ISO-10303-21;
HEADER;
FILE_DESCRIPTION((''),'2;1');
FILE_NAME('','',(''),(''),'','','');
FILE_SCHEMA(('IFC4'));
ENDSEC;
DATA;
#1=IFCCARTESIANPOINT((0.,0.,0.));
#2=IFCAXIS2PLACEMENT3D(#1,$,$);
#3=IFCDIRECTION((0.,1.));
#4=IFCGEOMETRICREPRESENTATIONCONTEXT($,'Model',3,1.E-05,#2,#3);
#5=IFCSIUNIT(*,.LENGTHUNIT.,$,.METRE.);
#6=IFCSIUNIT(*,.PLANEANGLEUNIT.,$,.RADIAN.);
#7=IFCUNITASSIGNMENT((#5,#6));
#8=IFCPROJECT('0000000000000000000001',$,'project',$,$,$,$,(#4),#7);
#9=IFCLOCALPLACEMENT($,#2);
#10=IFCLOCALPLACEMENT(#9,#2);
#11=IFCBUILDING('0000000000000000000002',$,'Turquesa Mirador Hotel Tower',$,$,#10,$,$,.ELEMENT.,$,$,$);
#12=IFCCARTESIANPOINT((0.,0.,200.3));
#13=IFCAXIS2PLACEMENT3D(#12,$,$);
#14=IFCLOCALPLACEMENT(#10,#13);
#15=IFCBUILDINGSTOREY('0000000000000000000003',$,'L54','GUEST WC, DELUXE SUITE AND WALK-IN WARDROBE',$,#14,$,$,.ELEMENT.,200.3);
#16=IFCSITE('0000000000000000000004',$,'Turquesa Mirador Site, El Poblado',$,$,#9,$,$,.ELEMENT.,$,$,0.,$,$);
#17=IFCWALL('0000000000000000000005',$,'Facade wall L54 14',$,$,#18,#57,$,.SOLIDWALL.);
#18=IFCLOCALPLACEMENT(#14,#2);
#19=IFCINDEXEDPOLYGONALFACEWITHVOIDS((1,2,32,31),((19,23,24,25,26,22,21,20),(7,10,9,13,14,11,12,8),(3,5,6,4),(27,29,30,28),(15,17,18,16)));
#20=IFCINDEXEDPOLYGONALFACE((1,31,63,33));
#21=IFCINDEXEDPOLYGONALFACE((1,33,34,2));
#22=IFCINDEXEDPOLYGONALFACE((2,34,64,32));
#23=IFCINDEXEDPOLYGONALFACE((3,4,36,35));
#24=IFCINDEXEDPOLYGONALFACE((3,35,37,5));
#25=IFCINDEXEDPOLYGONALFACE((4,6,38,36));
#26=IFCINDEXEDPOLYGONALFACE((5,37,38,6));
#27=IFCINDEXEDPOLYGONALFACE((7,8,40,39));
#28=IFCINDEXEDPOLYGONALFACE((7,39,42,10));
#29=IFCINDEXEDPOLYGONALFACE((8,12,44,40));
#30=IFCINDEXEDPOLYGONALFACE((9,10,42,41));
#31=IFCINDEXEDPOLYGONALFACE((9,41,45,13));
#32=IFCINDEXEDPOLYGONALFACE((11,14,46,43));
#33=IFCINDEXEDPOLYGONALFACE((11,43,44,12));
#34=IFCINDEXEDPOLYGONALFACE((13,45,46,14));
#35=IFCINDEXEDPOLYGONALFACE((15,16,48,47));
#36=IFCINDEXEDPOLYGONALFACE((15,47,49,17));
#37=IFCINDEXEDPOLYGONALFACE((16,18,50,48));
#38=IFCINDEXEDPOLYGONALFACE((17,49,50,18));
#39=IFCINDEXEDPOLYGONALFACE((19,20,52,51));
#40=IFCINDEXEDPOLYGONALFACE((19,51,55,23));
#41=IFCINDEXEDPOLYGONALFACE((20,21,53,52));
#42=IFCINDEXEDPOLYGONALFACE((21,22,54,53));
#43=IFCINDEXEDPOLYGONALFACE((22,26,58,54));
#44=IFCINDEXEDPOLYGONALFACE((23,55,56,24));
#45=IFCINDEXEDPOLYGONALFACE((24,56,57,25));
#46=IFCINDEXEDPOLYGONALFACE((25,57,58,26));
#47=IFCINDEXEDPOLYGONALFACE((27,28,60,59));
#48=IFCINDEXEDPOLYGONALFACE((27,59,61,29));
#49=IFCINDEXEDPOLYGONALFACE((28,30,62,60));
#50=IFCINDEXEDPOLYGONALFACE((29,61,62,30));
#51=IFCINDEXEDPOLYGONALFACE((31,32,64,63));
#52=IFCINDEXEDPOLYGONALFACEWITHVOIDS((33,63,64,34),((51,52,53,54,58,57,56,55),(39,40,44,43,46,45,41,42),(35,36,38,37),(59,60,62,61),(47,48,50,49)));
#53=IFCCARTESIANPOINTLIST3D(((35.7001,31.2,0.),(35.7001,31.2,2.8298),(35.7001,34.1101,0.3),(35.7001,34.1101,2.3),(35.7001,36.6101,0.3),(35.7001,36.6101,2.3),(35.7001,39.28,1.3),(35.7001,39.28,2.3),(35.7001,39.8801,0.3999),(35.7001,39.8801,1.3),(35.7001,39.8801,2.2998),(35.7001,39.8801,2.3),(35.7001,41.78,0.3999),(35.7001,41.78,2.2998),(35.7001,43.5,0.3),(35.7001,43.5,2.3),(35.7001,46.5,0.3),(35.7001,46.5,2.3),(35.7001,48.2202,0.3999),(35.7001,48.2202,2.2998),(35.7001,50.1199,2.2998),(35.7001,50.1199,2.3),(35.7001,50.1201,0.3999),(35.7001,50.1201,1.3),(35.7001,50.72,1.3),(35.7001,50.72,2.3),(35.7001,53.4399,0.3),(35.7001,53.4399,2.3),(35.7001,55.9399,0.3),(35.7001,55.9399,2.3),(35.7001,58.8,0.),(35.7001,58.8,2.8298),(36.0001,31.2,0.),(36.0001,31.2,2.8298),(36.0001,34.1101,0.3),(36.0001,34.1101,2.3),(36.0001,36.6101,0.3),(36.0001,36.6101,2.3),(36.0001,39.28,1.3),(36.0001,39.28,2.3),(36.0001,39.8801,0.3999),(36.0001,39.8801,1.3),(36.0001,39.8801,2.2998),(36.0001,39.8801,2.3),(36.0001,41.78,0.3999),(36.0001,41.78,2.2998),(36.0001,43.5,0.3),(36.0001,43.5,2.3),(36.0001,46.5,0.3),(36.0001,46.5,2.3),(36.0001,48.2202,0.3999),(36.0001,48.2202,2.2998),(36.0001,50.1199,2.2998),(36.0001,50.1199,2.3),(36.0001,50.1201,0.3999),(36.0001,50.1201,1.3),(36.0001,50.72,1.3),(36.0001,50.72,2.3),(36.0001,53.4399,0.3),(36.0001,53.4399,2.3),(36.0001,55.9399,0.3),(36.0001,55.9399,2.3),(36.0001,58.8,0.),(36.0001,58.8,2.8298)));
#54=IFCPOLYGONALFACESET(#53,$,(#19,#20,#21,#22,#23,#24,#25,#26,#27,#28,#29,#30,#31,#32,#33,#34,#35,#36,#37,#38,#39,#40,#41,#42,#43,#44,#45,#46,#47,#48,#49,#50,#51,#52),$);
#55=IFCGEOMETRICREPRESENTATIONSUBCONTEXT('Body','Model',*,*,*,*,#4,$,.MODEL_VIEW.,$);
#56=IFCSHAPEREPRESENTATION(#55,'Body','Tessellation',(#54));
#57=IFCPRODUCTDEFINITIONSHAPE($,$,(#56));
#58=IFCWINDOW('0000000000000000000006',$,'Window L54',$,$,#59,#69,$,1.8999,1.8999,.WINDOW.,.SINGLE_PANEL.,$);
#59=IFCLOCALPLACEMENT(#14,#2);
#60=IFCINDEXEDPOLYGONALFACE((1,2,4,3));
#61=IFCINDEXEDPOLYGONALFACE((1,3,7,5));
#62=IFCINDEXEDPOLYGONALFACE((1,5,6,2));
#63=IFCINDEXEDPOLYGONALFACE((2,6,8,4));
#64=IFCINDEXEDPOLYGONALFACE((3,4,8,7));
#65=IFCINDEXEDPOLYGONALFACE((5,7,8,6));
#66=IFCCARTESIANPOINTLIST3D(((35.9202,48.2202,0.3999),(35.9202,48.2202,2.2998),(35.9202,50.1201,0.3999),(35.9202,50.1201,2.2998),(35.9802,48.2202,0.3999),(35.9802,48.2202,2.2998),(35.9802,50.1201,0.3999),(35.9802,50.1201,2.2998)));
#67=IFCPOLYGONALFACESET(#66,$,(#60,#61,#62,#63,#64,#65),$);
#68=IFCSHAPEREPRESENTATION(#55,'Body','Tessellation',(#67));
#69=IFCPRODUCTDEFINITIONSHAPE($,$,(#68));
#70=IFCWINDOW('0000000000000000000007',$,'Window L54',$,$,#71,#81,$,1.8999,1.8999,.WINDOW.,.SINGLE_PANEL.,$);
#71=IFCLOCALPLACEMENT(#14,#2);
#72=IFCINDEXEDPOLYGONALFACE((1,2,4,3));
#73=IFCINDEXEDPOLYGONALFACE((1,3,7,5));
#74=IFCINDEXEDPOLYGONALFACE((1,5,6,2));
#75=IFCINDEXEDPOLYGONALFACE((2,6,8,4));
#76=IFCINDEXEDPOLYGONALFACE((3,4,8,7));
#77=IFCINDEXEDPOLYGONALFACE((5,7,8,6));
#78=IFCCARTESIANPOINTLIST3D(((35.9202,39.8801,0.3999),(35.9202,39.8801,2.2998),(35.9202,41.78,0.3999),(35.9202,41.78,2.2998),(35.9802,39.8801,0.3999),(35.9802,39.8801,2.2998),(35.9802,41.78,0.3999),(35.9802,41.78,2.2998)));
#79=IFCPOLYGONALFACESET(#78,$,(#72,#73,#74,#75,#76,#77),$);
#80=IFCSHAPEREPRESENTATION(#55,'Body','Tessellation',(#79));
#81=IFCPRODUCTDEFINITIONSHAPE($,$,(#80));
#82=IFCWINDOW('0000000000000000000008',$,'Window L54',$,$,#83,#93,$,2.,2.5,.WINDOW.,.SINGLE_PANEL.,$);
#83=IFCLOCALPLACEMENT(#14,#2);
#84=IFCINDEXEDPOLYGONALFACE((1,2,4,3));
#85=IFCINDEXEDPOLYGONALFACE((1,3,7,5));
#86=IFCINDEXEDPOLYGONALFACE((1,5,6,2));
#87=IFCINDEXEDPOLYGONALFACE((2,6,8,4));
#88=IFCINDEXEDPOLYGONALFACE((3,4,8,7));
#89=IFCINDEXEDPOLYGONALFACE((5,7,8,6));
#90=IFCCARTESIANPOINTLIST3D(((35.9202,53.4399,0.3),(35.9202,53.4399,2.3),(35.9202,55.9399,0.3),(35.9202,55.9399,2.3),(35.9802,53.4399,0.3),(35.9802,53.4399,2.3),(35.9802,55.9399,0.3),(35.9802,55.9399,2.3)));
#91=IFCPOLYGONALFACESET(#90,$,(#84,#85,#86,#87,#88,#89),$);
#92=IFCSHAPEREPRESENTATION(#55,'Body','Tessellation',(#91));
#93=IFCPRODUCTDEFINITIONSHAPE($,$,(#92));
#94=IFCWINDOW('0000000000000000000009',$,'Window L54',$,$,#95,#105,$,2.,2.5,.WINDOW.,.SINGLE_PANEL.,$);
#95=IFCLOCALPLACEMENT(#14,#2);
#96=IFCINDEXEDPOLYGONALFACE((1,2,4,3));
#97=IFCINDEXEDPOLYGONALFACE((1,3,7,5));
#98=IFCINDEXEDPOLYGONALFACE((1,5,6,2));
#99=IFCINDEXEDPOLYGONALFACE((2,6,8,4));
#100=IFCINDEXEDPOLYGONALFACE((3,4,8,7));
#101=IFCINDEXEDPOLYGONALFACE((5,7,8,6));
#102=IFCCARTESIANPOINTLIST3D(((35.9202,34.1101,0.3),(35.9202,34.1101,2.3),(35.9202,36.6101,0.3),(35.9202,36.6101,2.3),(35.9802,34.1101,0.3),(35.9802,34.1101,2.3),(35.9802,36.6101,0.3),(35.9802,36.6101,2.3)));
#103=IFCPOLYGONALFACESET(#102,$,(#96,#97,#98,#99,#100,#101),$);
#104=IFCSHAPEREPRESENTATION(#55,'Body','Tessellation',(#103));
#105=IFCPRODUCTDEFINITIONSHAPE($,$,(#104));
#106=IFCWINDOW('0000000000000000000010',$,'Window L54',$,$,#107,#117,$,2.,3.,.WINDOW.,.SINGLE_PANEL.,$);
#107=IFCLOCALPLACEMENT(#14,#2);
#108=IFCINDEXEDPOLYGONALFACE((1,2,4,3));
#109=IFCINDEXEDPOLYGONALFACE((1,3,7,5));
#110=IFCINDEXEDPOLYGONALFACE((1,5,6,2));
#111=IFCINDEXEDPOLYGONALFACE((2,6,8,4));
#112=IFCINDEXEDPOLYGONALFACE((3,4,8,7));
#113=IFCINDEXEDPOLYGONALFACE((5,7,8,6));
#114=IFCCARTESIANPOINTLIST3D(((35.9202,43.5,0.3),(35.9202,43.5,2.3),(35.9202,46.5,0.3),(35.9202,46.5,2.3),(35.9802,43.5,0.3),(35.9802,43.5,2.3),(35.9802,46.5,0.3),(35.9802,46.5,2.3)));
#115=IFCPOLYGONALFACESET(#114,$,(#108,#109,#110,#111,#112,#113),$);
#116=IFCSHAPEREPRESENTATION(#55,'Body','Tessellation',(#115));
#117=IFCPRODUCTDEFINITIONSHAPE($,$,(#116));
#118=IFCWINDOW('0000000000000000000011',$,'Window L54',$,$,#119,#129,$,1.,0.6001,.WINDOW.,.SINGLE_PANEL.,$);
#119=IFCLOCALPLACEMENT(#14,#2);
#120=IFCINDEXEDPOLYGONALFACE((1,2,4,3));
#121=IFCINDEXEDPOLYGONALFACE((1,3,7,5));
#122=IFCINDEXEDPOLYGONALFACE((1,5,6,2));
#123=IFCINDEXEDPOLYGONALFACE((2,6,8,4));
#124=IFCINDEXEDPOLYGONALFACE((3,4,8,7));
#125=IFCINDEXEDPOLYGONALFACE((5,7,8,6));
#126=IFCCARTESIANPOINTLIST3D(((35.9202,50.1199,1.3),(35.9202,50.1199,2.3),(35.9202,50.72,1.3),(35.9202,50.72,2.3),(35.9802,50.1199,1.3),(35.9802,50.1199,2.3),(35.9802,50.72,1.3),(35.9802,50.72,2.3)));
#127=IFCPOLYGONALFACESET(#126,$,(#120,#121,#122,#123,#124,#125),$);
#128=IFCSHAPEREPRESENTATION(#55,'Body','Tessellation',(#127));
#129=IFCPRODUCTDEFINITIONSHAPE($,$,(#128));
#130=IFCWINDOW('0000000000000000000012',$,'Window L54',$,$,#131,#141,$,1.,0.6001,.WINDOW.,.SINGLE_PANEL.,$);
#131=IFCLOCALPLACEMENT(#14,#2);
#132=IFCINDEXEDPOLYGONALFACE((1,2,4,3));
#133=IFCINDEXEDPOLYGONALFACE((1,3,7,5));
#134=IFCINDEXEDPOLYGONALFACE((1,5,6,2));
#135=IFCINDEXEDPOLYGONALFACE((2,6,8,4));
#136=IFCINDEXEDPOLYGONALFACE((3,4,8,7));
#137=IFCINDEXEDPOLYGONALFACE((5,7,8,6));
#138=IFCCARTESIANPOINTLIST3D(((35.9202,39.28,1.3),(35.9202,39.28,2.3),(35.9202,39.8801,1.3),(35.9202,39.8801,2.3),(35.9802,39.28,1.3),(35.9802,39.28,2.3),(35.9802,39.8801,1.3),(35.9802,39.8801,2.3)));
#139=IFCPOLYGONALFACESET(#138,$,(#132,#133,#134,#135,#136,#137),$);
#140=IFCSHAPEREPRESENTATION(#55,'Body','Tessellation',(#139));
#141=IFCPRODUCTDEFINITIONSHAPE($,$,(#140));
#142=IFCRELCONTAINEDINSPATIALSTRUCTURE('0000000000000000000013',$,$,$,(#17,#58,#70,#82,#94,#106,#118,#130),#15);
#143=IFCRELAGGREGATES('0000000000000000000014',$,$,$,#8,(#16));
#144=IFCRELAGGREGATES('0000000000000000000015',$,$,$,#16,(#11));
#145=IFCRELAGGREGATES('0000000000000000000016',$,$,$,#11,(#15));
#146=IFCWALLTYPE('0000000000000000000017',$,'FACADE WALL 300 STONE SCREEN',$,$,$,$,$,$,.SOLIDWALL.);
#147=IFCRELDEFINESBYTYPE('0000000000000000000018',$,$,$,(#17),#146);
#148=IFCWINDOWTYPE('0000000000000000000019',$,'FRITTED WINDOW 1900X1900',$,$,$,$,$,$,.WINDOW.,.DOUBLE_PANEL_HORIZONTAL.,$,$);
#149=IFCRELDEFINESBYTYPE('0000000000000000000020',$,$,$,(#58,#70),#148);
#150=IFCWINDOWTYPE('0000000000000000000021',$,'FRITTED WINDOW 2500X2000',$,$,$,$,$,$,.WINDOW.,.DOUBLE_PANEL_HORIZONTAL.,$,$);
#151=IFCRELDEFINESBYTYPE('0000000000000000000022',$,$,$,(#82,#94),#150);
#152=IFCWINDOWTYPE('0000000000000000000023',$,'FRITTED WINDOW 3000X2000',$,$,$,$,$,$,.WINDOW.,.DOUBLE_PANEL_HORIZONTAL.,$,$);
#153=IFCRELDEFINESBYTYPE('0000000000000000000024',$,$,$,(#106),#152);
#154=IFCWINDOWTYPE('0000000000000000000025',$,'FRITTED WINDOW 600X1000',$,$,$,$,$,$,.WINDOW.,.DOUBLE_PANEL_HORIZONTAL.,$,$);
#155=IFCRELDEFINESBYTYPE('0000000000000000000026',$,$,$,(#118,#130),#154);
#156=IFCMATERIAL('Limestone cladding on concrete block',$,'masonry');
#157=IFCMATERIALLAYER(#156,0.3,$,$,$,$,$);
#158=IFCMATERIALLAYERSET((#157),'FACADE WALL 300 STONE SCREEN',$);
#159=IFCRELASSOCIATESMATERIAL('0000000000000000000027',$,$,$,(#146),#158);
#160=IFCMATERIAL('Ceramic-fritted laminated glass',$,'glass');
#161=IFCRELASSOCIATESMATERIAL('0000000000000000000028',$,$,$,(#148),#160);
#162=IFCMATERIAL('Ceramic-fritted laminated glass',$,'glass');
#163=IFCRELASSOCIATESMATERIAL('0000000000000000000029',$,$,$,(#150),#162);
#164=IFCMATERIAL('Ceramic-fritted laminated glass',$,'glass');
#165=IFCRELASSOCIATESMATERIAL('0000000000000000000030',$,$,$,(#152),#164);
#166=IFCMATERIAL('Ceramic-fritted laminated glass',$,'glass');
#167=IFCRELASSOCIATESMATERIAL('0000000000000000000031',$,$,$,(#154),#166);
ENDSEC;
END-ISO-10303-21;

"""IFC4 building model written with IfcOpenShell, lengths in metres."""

from ifc_helpers import new_model, si_unit, direction, frame, frame_2d, origin, place, context, subcontext, project, spatial, rectangle, extrude, material, layer, layer_set, type_object, element, fill, save


model = new_model("IFC4")

# Units and contexts
model_context = context("Model", 3, precision=1e-05, world=origin(), true_north=direction((0.0, 1.0)))
body_context = subcontext(model_context, "Body", "Model", "MODEL_VIEW")
ifc_project = project(units=[si_unit("LENGTHUNIT", "METRE"), si_unit("PLANEANGLEUNIT", "RADIAN")], contexts=[model_context])

# Site, building, storey
site_placement = place(None, origin())
site = spatial("IfcSite", under=ifc_project, at=site_placement, Name="Turquesa Mirador Site, El Poblado", CompositionType="ELEMENT", RefElevation=0.0)
building_placement = place(site_placement, origin())
building = spatial("IfcBuilding", under=site, at=building_placement, Name="Turquesa Mirador Hotel Tower", CompositionType="ELEMENT")
storey_placement = place(building_placement, frame((0.0, 0.0, 200.3)))
storey = spatial("IfcBuildingStorey", under=building, at=storey_placement, Name="L54", Description="GUEST WC, DELUXE SUITE AND WALK-IN WARDROBE", CompositionType="ELEMENT", Elevation=200.3)

# Shared definitions
ifc_material_1 = material(Name="Limestone cladding on concrete block", Category="masonry")
ifc_layer = layer(ifc_material_1, 0.3)
ifc_layer_set = layer_set([ifc_layer], Name="FACADE WALL 300 STONE SCREEN")
wall_type = type_object("IfcWallType", Name="FACADE WALL 300 STONE SCREEN", PredefinedType="SOLIDWALL", material=ifc_layer_set)

# Wall, openings, windows
wall_1_placement = place(storey_placement, frame((35.8501, 58.8, 0.0), z_axis=(0.0, 0.0, 1.0), x_axis=(0.0, -1.0, 0.0)))
wall_1 = element("IfcWall", 1, at=wall_1_placement, inside=storey, type_object=wall_type, Name="Facade wall L54 14", PredefinedType="SOLIDWALL", context=body_context, shape_type="SweptSolid", body=[
    extrude(rectangle(XDim=27.6001, YDim=0.3, at=frame_2d((13.8, 0.0))), origin(), (0.0, 0.0, 1.0), 2.8298),
])
opening_1_placement = place(wall_1_placement, frame((2.8601, 0.0, 0.3)))
opening_1 = element("IfcOpeningElement", 2, at=opening_1_placement, cuts=wall_1, PredefinedType="OPENING", context=body_context, shape_type="SweptSolid", body=[
    extrude(rectangle(XDim=2.5, YDim=2.0, at=frame_2d((1.25, 1.0))), frame((0.0, 0.1599, 0.0), z_axis=(0.0, -1.0, 0.0), x_axis=(1.0, 0.0, 0.0)), (0.0, 0.0, 1.0), 0.3201),
])
opening_2_placement = place(wall_1_placement, frame((8.6799, 0.0, 0.3999)))
opening_2 = element("IfcOpeningElement", 3, at=opening_2_placement, cuts=wall_1, PredefinedType="OPENING", context=body_context, shape_type="SweptSolid", body=[
    extrude(rectangle(XDim=1.8999, YDim=1.8999, at=frame_2d((0.95, 0.95))), frame((0.0, 0.1599, 0.0), z_axis=(0.0, -1.0, 0.0), x_axis=(1.0, 0.0, 0.0)), (0.0, 0.0, 1.0), 0.3201),
])
opening_3_placement = place(wall_1_placement, frame((12.3, 0.0, 0.3)))
opening_3 = element("IfcOpeningElement", 4, at=opening_3_placement, cuts=wall_1, PredefinedType="OPENING", context=body_context, shape_type="SweptSolid", body=[
    extrude(rectangle(XDim=3.0, YDim=2.0, at=frame_2d((1.5, 1.0))), frame((0.0, 0.1599, 0.0), z_axis=(0.0, -1.0, 0.0), x_axis=(1.0, 0.0, 0.0)), (0.0, 0.0, 1.0), 0.3201),
])
opening_4_placement = place(wall_1_placement, frame((17.02, 0.0, 0.3999)))
opening_4 = element("IfcOpeningElement", 5, at=opening_4_placement, cuts=wall_1, PredefinedType="OPENING", context=body_context, shape_type="SweptSolid", body=[
    extrude(rectangle(XDim=1.8999, YDim=1.8999, at=frame_2d((0.95, 0.95))), frame((0.0, 0.1599, 0.0), z_axis=(0.0, -1.0, 0.0), x_axis=(1.0, 0.0, 0.0)), (0.0, 0.0, 1.0), 0.3201),
])
opening_5_placement = place(wall_1_placement, frame((22.1899, 0.0, 0.3)))
opening_5 = element("IfcOpeningElement", 6, at=opening_5_placement, cuts=wall_1, PredefinedType="OPENING", context=body_context, shape_type="SweptSolid", body=[
    extrude(rectangle(XDim=2.5, YDim=2.0, at=frame_2d((1.25, 1.0))), frame((0.0, 0.1599, 0.0), z_axis=(0.0, -1.0, 0.0), x_axis=(1.0, 0.0, 0.0)), (0.0, 0.0, 1.0), 0.3201),
])
opening_6_placement = place(wall_1_placement, frame((8.0801, 0.0, 1.3)))
opening_6 = element("IfcOpeningElement", 7, at=opening_6_placement, cuts=wall_1, PredefinedType="OPENING", context=body_context, shape_type="SweptSolid", body=[
    extrude(rectangle(XDim=0.6001, YDim=1.0, at=frame_2d((0.3, 0.5))), frame((0.0, 0.1599, 0.0), z_axis=(0.0, -1.0, 0.0), x_axis=(1.0, 0.0, 0.0)), (0.0, 0.0, 1.0), 0.3201),
])
opening_7_placement = place(wall_1_placement, frame((18.9199, 0.0, 1.3)))
opening_7 = element("IfcOpeningElement", 8, at=opening_7_placement, cuts=wall_1, PredefinedType="OPENING", context=body_context, shape_type="SweptSolid", body=[
    extrude(rectangle(XDim=0.6001, YDim=1.0, at=frame_2d((0.3, 0.5))), frame((0.0, 0.1599, 0.0), z_axis=(0.0, -1.0, 0.0), x_axis=(1.0, 0.0, 0.0)), (0.0, 0.0, 1.0), 0.3201),
])
ifc_material_2 = material(Name="Ceramic-fritted laminated glass", Category="glass")
window_type_1 = type_object("IfcWindowType", Name="FRITTED WINDOW 1900X1900", PartitioningType="DOUBLE_PANEL_HORIZONTAL", PredefinedType="WINDOW", material=ifc_material_2)
window_1_placement = place(opening_2_placement, origin())
window_1 = element("IfcWindow", 9, at=window_1_placement, inside=storey, type_object=window_type_1, Name="Window L54", OverallHeight=1.8999, OverallWidth=1.8999, PartitioningType="SINGLE_PANEL", PredefinedType="WINDOW", context=body_context, shape_type="SweptSolid", body=[
    extrude(rectangle(XDim=1.8999, YDim=1.8999, at=frame_2d((0.95, 0.95))), frame((0.0, 0.1301, 0.0), z_axis=(0.0, -1.0, 0.0), x_axis=(1.0, 0.0, 0.0)), (0.0, 0.0, 1.0), 0.0601),
])
fill(opening_2, window_1)
window_2_placement = place(opening_4_placement, origin())
window_2 = element("IfcWindow", 10, at=window_2_placement, inside=storey, type_object=window_type_1, Name="Window L54", OverallHeight=1.8999, OverallWidth=1.8999, PartitioningType="SINGLE_PANEL", PredefinedType="WINDOW", context=body_context, shape_type="SweptSolid", body=[
    extrude(rectangle(XDim=1.8999, YDim=1.8999, at=frame_2d((0.95, 0.95))), frame((0.0, 0.1301, 0.0), z_axis=(0.0, -1.0, 0.0), x_axis=(1.0, 0.0, 0.0)), (0.0, 0.0, 1.0), 0.0601),
])
fill(opening_4, window_2)
ifc_material_3 = material(Name="Ceramic-fritted laminated glass", Category="glass")
window_type_2 = type_object("IfcWindowType", Name="FRITTED WINDOW 2500X2000", PartitioningType="DOUBLE_PANEL_HORIZONTAL", PredefinedType="WINDOW", material=ifc_material_3)
window_3_placement = place(opening_1_placement, origin())
window_3 = element("IfcWindow", 11, at=window_3_placement, inside=storey, type_object=window_type_2, Name="Window L54", OverallHeight=2.0, OverallWidth=2.5, PartitioningType="SINGLE_PANEL", PredefinedType="WINDOW", context=body_context, shape_type="SweptSolid", body=[
    extrude(rectangle(XDim=2.5, YDim=2.0, at=frame_2d((1.25, 1.0))), frame((0.0, 0.1301, 0.0), z_axis=(0.0, -1.0, 0.0), x_axis=(1.0, 0.0, 0.0)), (0.0, 0.0, 1.0), 0.0601),
])
fill(opening_1, window_3)
window_4_placement = place(opening_5_placement, origin())
window_4 = element("IfcWindow", 12, at=window_4_placement, inside=storey, type_object=window_type_2, Name="Window L54", OverallHeight=2.0, OverallWidth=2.5, PartitioningType="SINGLE_PANEL", PredefinedType="WINDOW", context=body_context, shape_type="SweptSolid", body=[
    extrude(rectangle(XDim=2.5, YDim=2.0, at=frame_2d((1.25, 1.0))), frame((0.0, 0.1301, 0.0), z_axis=(0.0, -1.0, 0.0), x_axis=(1.0, 0.0, 0.0)), (0.0, 0.0, 1.0), 0.0601),
])
fill(opening_5, window_4)
ifc_material_4 = material(Name="Ceramic-fritted laminated glass", Category="glass")
window_type_3 = type_object("IfcWindowType", Name="FRITTED WINDOW 3000X2000", PartitioningType="DOUBLE_PANEL_HORIZONTAL", PredefinedType="WINDOW", material=ifc_material_4)
window_5_placement = place(opening_3_placement, origin())
window_5 = element("IfcWindow", 13, at=window_5_placement, inside=storey, type_object=window_type_3, Name="Window L54", OverallHeight=2.0, OverallWidth=3.0, PartitioningType="SINGLE_PANEL", PredefinedType="WINDOW", context=body_context, shape_type="SweptSolid", body=[
    extrude(rectangle(XDim=3.0, YDim=2.0, at=frame_2d((1.5, 1.0))), frame((0.0, 0.1301, 0.0), z_axis=(0.0, -1.0, 0.0), x_axis=(1.0, 0.0, 0.0)), (0.0, 0.0, 1.0), 0.0601),
])
fill(opening_3, window_5)
ifc_material_5 = material(Name="Ceramic-fritted laminated glass", Category="glass")
window_type_4 = type_object("IfcWindowType", Name="FRITTED WINDOW 600X1000", PartitioningType="DOUBLE_PANEL_HORIZONTAL", PredefinedType="WINDOW", material=ifc_material_5)
window_6_placement = place(opening_6_placement, origin())
window_6 = element("IfcWindow", 14, at=window_6_placement, inside=storey, type_object=window_type_4, Name="Window L54", OverallHeight=1.0, OverallWidth=0.6001, PartitioningType="SINGLE_PANEL", PredefinedType="WINDOW", context=body_context, shape_type="SweptSolid", body=[
    extrude(rectangle(XDim=0.6001, YDim=1.0, at=frame_2d((0.3, 0.5))), frame((0.0, 0.1301, 0.0), z_axis=(0.0, -1.0, 0.0), x_axis=(1.0, 0.0, 0.0)), (0.0, 0.0, 1.0), 0.0601),
])
fill(opening_6, window_6)
window_7_placement = place(opening_7_placement, origin())
window_7 = element("IfcWindow", 15, at=window_7_placement, inside=storey, type_object=window_type_4, Name="Window L54", OverallHeight=1.0, OverallWidth=0.6001, PartitioningType="SINGLE_PANEL", PredefinedType="WINDOW", context=body_context, shape_type="SweptSolid", body=[
    extrude(rectangle(XDim=0.6001, YDim=1.0, at=frame_2d((0.3, 0.5))), frame((0.0, 0.1301, 0.0), z_axis=(0.0, -1.0, 0.0), x_axis=(1.0, 0.0, 0.0)), (0.0, 0.0, 1.0), 0.0601),
])
fill(opening_7, window_7)

save(model, "model.ifc")
